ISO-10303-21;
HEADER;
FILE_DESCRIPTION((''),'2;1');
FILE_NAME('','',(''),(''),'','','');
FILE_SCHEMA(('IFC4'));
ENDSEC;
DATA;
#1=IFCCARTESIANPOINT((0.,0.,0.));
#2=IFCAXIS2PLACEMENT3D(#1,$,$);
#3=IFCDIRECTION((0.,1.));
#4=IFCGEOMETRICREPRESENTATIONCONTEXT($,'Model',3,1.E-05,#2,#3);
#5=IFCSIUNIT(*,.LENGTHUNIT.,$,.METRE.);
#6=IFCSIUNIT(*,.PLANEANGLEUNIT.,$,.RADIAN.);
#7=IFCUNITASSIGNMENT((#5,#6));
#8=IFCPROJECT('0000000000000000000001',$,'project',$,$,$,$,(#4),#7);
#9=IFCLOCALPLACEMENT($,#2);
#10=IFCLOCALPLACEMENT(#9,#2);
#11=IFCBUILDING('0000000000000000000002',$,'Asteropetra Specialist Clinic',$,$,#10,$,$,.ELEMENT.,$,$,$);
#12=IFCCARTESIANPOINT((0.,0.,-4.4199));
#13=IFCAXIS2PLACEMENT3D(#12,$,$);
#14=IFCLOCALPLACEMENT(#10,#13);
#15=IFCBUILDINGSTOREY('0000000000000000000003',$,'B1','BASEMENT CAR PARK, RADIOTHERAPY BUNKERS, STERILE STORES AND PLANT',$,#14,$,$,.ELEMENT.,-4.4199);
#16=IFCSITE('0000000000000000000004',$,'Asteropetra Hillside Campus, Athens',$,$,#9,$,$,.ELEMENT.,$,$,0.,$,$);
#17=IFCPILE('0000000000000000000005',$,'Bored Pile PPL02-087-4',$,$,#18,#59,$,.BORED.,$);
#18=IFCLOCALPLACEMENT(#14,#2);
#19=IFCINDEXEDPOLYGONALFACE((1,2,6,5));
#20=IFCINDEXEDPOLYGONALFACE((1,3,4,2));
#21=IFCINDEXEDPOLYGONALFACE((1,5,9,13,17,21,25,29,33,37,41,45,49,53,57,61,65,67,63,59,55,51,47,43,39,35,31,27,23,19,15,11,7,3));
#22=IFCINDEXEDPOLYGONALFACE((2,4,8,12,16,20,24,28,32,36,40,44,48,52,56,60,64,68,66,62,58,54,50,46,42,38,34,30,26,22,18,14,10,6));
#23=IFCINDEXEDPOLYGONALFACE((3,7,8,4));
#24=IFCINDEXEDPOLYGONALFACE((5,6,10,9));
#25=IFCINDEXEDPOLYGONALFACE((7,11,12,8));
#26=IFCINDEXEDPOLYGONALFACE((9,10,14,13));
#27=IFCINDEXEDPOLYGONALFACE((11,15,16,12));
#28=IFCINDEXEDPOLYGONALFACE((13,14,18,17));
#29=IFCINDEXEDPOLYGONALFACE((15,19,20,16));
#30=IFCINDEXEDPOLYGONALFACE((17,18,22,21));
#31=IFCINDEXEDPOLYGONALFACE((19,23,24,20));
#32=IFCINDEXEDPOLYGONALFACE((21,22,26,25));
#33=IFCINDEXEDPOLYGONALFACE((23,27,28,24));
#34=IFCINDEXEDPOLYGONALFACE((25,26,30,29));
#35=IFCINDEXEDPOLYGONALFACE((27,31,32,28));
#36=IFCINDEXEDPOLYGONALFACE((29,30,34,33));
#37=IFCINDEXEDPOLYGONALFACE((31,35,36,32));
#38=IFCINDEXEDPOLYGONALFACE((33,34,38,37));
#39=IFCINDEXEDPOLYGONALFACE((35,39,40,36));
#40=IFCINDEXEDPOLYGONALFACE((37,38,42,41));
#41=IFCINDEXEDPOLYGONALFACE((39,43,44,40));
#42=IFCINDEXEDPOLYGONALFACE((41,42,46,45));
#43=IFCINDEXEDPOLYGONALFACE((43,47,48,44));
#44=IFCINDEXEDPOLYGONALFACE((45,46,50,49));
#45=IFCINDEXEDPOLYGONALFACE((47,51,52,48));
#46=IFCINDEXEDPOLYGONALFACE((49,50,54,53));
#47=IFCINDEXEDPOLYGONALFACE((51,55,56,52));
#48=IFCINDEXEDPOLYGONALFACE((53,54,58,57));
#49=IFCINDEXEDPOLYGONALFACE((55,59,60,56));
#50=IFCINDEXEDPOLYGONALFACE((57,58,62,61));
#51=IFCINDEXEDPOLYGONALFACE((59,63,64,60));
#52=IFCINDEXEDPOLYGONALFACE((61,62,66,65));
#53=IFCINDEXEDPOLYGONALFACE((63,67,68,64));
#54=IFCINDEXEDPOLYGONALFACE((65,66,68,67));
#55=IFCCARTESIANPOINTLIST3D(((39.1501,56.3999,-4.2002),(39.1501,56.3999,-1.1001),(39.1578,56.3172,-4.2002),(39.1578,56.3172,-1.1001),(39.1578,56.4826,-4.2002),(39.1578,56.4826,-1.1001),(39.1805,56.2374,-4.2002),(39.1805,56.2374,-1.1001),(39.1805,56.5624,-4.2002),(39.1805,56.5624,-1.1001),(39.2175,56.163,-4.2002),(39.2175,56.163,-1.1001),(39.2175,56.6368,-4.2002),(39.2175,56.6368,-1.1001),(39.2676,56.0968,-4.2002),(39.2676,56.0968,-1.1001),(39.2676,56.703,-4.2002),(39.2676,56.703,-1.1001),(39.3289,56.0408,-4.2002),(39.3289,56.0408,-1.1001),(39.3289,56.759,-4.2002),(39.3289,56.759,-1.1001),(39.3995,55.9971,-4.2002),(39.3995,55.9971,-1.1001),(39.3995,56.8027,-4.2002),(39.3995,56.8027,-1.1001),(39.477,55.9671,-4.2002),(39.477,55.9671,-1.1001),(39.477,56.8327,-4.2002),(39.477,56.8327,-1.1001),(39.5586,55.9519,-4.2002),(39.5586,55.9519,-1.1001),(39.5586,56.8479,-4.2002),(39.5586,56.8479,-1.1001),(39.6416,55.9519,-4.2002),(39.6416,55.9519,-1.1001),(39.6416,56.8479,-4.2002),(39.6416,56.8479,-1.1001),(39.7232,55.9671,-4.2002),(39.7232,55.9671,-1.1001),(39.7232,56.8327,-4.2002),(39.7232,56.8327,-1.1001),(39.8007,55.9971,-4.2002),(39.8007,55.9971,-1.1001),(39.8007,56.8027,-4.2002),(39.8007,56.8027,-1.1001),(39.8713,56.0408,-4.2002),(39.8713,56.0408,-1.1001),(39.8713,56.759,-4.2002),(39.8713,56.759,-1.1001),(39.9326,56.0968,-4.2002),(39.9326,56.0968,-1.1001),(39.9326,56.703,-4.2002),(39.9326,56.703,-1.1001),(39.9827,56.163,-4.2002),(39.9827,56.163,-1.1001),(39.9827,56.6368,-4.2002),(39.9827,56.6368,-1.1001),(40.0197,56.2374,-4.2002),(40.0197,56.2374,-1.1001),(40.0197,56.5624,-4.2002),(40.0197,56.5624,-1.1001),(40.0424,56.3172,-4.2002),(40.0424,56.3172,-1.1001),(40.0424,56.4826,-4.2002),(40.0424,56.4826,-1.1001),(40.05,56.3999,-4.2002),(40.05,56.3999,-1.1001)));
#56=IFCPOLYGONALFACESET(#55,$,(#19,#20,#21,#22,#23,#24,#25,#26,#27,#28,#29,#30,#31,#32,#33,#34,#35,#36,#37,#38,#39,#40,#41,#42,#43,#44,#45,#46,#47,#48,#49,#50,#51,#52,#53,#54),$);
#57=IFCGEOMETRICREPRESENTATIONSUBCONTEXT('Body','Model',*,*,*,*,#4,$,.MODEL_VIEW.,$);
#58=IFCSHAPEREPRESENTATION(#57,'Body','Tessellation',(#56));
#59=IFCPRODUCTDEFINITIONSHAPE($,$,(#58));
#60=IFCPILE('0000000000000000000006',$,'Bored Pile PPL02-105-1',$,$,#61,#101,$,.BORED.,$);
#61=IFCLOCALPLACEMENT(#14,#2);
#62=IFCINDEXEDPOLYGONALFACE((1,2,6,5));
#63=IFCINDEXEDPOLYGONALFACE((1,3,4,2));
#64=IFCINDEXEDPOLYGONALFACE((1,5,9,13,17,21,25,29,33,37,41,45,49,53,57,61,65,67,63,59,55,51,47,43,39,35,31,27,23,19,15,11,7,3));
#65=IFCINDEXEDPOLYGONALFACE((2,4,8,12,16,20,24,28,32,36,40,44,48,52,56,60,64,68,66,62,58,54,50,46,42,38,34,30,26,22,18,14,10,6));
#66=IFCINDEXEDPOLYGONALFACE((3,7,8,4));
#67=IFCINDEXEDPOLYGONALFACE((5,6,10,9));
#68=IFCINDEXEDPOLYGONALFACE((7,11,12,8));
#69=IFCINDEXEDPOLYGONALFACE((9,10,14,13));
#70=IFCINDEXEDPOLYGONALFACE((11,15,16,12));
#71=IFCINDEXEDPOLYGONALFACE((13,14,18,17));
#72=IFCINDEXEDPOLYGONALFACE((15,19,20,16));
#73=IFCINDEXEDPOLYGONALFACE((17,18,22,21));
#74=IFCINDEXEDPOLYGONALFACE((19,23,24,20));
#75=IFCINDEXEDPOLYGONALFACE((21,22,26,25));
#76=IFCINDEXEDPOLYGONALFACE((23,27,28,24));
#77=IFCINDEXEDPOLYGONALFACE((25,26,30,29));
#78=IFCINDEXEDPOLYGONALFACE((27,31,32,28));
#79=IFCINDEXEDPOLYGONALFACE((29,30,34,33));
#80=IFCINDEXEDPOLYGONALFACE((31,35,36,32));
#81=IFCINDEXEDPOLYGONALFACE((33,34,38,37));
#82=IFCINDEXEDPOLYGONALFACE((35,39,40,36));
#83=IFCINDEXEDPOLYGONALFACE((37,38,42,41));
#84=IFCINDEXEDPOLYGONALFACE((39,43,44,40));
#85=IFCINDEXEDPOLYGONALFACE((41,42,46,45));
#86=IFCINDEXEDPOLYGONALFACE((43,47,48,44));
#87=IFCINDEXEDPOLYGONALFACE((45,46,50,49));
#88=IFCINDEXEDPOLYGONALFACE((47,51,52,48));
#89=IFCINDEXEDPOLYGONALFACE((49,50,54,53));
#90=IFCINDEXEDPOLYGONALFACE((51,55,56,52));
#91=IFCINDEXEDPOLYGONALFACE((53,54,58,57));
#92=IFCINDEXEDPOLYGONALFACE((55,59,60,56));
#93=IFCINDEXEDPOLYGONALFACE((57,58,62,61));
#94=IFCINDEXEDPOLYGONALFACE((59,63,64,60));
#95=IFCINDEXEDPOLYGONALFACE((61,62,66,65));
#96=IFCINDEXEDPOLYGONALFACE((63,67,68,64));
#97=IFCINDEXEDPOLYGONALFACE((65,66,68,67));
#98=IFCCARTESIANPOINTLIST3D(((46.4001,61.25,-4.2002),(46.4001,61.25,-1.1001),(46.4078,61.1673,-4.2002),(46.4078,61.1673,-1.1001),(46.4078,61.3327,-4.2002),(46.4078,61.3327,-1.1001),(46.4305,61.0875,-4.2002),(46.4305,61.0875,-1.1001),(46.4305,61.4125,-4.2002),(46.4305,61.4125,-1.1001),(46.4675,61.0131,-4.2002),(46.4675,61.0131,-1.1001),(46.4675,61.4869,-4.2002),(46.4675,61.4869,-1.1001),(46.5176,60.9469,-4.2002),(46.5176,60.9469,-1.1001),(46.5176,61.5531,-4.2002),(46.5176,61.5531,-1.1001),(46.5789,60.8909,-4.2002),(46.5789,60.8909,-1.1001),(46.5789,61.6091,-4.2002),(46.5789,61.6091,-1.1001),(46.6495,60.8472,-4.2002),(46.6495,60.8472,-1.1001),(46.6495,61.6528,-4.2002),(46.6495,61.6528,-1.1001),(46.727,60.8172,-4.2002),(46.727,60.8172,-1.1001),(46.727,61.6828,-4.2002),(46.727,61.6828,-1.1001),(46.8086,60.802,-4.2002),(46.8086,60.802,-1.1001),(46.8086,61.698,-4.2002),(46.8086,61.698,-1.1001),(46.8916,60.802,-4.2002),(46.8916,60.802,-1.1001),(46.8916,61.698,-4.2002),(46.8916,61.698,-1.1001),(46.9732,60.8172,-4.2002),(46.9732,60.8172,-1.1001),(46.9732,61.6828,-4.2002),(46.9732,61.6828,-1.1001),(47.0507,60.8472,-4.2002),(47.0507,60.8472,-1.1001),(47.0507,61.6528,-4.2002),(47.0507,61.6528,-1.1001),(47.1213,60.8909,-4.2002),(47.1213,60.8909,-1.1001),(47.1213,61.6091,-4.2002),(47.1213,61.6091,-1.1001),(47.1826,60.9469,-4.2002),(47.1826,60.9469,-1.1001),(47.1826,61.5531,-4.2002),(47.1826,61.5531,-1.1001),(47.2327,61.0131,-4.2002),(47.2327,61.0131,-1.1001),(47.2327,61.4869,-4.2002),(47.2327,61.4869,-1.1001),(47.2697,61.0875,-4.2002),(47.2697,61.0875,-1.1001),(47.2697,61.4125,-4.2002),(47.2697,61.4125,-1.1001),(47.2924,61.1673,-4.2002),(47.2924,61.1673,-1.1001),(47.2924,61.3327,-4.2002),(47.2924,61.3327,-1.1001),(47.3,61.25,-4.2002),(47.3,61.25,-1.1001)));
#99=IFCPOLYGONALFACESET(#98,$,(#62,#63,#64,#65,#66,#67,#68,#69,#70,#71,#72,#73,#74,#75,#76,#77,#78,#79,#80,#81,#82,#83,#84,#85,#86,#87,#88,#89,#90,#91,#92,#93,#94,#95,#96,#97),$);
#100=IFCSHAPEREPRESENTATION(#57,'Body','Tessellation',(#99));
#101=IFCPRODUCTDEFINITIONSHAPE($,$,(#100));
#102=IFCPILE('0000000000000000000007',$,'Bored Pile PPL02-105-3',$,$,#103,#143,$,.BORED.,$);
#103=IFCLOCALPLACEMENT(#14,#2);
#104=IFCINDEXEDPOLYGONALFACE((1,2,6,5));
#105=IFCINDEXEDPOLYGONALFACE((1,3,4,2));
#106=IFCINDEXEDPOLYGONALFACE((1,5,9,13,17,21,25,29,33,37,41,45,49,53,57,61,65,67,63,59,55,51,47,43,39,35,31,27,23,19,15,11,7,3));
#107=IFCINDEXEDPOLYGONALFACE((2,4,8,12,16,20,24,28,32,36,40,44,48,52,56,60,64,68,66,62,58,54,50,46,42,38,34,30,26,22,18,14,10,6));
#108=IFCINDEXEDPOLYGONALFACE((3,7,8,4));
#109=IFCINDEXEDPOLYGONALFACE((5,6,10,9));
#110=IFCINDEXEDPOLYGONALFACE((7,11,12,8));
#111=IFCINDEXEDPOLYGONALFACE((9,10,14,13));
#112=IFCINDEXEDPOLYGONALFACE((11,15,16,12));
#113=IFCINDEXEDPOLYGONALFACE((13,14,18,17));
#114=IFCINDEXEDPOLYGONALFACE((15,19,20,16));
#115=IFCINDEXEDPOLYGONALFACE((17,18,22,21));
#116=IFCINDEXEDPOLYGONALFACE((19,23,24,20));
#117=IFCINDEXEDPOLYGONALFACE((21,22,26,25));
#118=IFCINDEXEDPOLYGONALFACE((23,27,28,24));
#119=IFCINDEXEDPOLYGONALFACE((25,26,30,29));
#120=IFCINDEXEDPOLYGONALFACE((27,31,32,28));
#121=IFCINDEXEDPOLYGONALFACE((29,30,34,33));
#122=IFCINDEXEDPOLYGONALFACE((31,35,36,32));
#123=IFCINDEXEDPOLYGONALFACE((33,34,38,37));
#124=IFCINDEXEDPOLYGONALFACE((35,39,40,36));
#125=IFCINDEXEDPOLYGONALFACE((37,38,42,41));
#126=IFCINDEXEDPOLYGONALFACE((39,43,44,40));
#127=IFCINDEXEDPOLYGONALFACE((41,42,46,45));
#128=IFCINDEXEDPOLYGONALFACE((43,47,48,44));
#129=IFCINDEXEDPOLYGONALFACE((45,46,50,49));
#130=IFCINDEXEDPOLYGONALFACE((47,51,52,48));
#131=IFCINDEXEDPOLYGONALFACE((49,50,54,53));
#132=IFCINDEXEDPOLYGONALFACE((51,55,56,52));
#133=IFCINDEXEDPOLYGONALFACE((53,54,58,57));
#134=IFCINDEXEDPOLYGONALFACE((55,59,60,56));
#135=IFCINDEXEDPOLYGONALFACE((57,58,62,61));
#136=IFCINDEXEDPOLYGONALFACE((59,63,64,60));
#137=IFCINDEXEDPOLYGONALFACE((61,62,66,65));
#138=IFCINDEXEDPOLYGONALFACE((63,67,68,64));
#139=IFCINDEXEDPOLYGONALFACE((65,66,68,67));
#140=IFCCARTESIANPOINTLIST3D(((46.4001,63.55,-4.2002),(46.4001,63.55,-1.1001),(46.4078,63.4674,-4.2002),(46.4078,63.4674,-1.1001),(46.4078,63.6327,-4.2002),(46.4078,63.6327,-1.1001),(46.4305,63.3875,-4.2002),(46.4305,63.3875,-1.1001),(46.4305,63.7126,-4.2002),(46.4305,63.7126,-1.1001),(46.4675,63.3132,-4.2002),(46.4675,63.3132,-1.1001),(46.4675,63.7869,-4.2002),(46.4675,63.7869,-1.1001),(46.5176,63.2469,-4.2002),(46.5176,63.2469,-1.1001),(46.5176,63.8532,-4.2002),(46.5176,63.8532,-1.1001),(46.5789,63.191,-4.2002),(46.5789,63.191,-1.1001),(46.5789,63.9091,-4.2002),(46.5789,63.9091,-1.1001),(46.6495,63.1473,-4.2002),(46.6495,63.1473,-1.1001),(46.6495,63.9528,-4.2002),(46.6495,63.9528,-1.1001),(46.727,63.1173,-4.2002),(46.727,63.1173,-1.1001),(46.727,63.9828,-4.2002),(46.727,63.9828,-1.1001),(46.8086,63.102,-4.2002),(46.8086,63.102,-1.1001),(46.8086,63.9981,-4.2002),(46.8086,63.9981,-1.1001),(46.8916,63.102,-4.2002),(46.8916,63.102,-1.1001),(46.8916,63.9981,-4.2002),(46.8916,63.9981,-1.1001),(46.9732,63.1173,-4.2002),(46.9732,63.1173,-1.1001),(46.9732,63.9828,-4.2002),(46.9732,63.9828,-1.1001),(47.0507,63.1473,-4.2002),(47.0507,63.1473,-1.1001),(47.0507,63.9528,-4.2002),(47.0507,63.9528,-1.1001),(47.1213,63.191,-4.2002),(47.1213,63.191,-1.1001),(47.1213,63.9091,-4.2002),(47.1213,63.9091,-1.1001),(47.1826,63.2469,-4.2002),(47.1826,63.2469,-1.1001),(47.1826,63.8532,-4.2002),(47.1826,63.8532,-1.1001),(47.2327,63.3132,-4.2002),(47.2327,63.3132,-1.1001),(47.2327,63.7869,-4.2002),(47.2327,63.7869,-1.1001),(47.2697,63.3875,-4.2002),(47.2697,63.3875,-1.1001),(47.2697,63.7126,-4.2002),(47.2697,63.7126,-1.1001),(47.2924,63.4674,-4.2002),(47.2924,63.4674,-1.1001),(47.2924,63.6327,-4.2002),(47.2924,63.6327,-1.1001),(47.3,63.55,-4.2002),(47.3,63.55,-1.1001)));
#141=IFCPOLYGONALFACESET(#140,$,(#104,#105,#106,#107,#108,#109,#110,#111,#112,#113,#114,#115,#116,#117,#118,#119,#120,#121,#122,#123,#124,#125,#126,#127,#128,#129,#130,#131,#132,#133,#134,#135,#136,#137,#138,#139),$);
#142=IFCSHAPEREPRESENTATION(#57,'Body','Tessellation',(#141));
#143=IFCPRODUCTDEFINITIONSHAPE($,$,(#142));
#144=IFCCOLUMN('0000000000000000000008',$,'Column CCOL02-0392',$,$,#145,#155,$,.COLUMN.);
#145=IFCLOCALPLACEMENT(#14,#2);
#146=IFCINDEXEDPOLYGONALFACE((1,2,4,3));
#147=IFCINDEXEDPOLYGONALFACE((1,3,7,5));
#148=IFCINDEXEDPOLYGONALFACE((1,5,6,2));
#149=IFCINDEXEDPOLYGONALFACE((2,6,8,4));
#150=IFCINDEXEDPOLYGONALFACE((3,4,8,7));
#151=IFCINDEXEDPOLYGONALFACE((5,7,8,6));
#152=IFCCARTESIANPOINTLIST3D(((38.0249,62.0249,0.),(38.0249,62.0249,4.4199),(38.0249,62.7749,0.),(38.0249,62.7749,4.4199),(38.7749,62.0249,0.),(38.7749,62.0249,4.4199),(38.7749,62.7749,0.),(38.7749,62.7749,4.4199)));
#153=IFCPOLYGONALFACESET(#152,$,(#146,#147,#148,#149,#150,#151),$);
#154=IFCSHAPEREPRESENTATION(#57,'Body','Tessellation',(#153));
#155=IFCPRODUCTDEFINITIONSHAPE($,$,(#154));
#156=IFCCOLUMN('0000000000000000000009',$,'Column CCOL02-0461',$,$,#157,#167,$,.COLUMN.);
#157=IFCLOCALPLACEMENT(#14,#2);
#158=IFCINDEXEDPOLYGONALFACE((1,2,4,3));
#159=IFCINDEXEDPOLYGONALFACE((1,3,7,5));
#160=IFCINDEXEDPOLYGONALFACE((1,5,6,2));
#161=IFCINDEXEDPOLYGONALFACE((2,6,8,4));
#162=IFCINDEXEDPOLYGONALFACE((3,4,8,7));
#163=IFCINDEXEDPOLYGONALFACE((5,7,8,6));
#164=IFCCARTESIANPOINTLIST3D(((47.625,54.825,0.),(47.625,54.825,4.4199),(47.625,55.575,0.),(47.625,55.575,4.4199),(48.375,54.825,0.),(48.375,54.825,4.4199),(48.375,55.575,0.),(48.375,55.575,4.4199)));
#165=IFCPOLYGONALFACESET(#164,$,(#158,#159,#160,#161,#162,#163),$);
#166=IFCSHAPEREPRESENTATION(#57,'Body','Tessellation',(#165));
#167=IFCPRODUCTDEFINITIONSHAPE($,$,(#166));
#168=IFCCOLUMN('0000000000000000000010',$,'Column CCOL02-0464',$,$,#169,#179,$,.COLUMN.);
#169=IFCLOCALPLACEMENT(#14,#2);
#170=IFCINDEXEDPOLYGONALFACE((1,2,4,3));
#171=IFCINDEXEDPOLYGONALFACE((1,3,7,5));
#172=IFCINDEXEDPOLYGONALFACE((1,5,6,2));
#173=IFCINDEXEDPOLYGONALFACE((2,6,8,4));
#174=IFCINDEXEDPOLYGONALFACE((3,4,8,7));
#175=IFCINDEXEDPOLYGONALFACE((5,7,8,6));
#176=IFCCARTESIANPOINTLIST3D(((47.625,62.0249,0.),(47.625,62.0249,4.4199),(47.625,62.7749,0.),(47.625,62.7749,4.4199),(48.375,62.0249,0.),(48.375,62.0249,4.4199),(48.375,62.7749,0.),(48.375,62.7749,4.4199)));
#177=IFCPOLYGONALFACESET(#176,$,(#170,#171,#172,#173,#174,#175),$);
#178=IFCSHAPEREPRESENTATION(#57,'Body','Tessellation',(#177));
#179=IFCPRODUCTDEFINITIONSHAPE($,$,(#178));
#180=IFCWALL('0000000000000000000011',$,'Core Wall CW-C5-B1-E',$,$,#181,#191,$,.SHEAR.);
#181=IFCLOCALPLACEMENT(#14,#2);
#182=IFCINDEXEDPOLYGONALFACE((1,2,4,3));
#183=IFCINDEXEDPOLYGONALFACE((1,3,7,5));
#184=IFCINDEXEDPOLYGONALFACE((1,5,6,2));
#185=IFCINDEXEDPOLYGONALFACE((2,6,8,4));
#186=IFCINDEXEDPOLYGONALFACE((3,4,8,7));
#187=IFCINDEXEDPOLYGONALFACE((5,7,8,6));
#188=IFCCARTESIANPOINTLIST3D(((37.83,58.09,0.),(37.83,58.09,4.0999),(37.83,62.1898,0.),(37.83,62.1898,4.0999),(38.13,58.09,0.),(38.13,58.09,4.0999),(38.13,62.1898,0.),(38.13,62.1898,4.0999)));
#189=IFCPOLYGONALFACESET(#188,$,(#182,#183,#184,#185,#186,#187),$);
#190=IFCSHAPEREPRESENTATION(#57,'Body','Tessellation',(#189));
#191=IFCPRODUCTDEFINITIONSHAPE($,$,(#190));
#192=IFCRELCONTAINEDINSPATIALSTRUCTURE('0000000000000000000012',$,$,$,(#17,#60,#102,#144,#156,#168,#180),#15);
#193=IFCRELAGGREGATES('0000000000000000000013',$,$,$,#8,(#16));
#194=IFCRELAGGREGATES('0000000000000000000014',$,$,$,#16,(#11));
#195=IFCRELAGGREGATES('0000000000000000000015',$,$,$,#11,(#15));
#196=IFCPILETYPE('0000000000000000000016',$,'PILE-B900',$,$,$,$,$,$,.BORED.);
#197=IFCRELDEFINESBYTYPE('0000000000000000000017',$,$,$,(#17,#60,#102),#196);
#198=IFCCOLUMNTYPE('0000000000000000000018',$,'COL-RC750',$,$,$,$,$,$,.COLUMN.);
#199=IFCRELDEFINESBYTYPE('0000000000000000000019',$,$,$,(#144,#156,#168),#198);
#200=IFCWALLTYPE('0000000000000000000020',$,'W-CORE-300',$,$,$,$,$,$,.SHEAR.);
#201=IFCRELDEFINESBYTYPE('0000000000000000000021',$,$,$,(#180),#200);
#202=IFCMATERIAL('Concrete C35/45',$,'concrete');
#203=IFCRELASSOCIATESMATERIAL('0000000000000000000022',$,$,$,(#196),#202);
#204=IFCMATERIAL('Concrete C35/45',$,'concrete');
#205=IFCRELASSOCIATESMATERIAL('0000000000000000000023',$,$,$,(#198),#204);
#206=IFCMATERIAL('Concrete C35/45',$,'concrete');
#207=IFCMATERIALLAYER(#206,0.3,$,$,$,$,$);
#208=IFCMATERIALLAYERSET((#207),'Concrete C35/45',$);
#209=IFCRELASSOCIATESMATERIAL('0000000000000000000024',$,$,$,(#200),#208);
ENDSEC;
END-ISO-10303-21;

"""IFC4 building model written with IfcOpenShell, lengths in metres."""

from ifc_helpers import new_model, si_unit, direction, frame, frame_2d, origin, origin_2d, place, context, subcontext, project, spatial, rectangle, circle, extrude, material, layer, layer_set, material_profile, profile_set, type_object, element, save


model = new_model("IFC4")

# Units and contexts
model_context = context("Model", 3, precision=1e-05, world=origin(), true_north=direction((0.0, 1.0)))
body_context = subcontext(model_context, "Body", "Model", "MODEL_VIEW")
ifc_project = project(units=[si_unit("LENGTHUNIT", "METRE"), si_unit("PLANEANGLEUNIT", "RADIAN")], contexts=[model_context])

# Site, building, storey
site_placement = place(None, origin())
site = spatial("IfcSite", under=ifc_project, at=site_placement, Name="Asteropetra Hillside Campus, Athens", CompositionType="ELEMENT", RefElevation=0.0)
building_placement = place(site_placement, origin())
building = spatial("IfcBuilding", under=site, at=building_placement, Name="Asteropetra Specialist Clinic", CompositionType="ELEMENT")
storey_placement = place(building_placement, frame((0.0, 0.0, -4.4199)))
storey = spatial("IfcBuildingStorey", under=building, at=storey_placement, Name="B1", Description="BASEMENT CAR PARK, RADIOTHERAPY BUNKERS, STERILE STORES AND PLANT", CompositionType="ELEMENT", Elevation=-4.4199)

# Piles
ifc_material_1 = material(Name="Concrete C35/45", Category="concrete")
ifc_material_profile_1 = material_profile(ifc_material_1, circle(Radius=0.45, at=origin_2d()), Name="PILE D900")
ifc_profile_set_1 = profile_set([ifc_material_profile_1], Name="Concrete C35/45")
pile_type_1 = type_object("IfcPileType", Name="PILE-B900", PredefinedType="BORED", material=ifc_profile_set_1)
for number, where, z_axis, x_axis, name in (
    (1, (39.6001, 56.3999, -1.1001), (0.0, 0.0, -1.0), (1.0, 0.0, 0.0), "Bored Pile PPL02-087-4"),
    (2, (46.8501, 61.25, -1.1001), (0.0, 0.0, -1.0), (1.0, 0.0, 0.0), "Bored Pile PPL02-105-1"),
    (3, (46.8501, 63.55, -1.1001), (0.0, 0.0, -1.0), (1.0, 0.0, 0.0), "Bored Pile PPL02-105-3"),
):
    element("IfcPile", number, at=place(storey_placement, frame(where, z_axis=z_axis, x_axis=x_axis)), inside=storey, type_object=pile_type_1, Name=name, PredefinedType="BORED", context=body_context, shape_type="SweptSolid", body=[
        extrude(circle(Radius=0.45, at=origin_2d()), origin(), (0.0, 0.0, 1.0), 3.1001),
    ])

# Columns
ifc_material_2 = material(Name="Concrete C35/45", Category="concrete")
ifc_material_profile_2 = material_profile(ifc_material_2, rectangle(XDim=0.75, YDim=0.75, at=origin_2d()), Name="RC 750x750")
ifc_profile_set_2 = profile_set([ifc_material_profile_2], Name="Concrete C35/45")
column_type = type_object("IfcColumnType", Name="COL-RC750", PredefinedType="COLUMN", material=ifc_profile_set_2)
for number, where, z_axis, x_axis, name in (
    (4, (38.3999, 62.3999, 0.0), (0.0, 0.0, 1.0), (1.0, 0.0, 0.0), "Column CCOL02-0392"),
    (5, (48.0, 55.2, 0.0), (0.0, 0.0, 1.0), (1.0, 0.0, 0.0), "Column CCOL02-0461"),
    (6, (48.0, 62.3999, 0.0), (0.0, 0.0, 1.0), (1.0, 0.0, 0.0), "Column CCOL02-0464"),
):
    element("IfcColumn", number, at=place(storey_placement, frame(where, z_axis=z_axis, x_axis=x_axis)), inside=storey, type_object=column_type, Name=name, PredefinedType="COLUMN", context=body_context, shape_type="SweptSolid", body=[
        extrude(rectangle(XDim=0.75, YDim=0.75, at=origin_2d()), origin(), (0.0, 0.0, 1.0), 4.4199),
    ])

# Wall
ifc_material_3 = material(Name="Concrete C35/45", Category="concrete")
ifc_layer_1 = layer(ifc_material_3, 0.3)
ifc_layer_set_1 = layer_set([ifc_layer_1], Name="Concrete C35/45")
wall_type_1 = type_object("IfcWallType", Name="W-CORE-300", PredefinedType="SHEAR", material=ifc_layer_set_1)
wall_1_placement = place(storey_placement, frame((37.98, 58.0901, 0.0), z_axis=(0.0, 0.0, 1.0), x_axis=(0.0, 1.0, 0.0)))
element("IfcWall", 7, at=wall_1_placement, inside=storey, type_object=wall_type_1, Name="Core Wall CW-C5-B1-E", PredefinedType="SHEAR", context=body_context, shape_type="SweptSolid", body=[
    extrude(rectangle(XDim=4.0999, YDim=0.3, at=frame_2d((2.0498, 0.0))), origin(), (0.0, 0.0, 1.0), 4.0999),
])

save(model, "model.ifc")
